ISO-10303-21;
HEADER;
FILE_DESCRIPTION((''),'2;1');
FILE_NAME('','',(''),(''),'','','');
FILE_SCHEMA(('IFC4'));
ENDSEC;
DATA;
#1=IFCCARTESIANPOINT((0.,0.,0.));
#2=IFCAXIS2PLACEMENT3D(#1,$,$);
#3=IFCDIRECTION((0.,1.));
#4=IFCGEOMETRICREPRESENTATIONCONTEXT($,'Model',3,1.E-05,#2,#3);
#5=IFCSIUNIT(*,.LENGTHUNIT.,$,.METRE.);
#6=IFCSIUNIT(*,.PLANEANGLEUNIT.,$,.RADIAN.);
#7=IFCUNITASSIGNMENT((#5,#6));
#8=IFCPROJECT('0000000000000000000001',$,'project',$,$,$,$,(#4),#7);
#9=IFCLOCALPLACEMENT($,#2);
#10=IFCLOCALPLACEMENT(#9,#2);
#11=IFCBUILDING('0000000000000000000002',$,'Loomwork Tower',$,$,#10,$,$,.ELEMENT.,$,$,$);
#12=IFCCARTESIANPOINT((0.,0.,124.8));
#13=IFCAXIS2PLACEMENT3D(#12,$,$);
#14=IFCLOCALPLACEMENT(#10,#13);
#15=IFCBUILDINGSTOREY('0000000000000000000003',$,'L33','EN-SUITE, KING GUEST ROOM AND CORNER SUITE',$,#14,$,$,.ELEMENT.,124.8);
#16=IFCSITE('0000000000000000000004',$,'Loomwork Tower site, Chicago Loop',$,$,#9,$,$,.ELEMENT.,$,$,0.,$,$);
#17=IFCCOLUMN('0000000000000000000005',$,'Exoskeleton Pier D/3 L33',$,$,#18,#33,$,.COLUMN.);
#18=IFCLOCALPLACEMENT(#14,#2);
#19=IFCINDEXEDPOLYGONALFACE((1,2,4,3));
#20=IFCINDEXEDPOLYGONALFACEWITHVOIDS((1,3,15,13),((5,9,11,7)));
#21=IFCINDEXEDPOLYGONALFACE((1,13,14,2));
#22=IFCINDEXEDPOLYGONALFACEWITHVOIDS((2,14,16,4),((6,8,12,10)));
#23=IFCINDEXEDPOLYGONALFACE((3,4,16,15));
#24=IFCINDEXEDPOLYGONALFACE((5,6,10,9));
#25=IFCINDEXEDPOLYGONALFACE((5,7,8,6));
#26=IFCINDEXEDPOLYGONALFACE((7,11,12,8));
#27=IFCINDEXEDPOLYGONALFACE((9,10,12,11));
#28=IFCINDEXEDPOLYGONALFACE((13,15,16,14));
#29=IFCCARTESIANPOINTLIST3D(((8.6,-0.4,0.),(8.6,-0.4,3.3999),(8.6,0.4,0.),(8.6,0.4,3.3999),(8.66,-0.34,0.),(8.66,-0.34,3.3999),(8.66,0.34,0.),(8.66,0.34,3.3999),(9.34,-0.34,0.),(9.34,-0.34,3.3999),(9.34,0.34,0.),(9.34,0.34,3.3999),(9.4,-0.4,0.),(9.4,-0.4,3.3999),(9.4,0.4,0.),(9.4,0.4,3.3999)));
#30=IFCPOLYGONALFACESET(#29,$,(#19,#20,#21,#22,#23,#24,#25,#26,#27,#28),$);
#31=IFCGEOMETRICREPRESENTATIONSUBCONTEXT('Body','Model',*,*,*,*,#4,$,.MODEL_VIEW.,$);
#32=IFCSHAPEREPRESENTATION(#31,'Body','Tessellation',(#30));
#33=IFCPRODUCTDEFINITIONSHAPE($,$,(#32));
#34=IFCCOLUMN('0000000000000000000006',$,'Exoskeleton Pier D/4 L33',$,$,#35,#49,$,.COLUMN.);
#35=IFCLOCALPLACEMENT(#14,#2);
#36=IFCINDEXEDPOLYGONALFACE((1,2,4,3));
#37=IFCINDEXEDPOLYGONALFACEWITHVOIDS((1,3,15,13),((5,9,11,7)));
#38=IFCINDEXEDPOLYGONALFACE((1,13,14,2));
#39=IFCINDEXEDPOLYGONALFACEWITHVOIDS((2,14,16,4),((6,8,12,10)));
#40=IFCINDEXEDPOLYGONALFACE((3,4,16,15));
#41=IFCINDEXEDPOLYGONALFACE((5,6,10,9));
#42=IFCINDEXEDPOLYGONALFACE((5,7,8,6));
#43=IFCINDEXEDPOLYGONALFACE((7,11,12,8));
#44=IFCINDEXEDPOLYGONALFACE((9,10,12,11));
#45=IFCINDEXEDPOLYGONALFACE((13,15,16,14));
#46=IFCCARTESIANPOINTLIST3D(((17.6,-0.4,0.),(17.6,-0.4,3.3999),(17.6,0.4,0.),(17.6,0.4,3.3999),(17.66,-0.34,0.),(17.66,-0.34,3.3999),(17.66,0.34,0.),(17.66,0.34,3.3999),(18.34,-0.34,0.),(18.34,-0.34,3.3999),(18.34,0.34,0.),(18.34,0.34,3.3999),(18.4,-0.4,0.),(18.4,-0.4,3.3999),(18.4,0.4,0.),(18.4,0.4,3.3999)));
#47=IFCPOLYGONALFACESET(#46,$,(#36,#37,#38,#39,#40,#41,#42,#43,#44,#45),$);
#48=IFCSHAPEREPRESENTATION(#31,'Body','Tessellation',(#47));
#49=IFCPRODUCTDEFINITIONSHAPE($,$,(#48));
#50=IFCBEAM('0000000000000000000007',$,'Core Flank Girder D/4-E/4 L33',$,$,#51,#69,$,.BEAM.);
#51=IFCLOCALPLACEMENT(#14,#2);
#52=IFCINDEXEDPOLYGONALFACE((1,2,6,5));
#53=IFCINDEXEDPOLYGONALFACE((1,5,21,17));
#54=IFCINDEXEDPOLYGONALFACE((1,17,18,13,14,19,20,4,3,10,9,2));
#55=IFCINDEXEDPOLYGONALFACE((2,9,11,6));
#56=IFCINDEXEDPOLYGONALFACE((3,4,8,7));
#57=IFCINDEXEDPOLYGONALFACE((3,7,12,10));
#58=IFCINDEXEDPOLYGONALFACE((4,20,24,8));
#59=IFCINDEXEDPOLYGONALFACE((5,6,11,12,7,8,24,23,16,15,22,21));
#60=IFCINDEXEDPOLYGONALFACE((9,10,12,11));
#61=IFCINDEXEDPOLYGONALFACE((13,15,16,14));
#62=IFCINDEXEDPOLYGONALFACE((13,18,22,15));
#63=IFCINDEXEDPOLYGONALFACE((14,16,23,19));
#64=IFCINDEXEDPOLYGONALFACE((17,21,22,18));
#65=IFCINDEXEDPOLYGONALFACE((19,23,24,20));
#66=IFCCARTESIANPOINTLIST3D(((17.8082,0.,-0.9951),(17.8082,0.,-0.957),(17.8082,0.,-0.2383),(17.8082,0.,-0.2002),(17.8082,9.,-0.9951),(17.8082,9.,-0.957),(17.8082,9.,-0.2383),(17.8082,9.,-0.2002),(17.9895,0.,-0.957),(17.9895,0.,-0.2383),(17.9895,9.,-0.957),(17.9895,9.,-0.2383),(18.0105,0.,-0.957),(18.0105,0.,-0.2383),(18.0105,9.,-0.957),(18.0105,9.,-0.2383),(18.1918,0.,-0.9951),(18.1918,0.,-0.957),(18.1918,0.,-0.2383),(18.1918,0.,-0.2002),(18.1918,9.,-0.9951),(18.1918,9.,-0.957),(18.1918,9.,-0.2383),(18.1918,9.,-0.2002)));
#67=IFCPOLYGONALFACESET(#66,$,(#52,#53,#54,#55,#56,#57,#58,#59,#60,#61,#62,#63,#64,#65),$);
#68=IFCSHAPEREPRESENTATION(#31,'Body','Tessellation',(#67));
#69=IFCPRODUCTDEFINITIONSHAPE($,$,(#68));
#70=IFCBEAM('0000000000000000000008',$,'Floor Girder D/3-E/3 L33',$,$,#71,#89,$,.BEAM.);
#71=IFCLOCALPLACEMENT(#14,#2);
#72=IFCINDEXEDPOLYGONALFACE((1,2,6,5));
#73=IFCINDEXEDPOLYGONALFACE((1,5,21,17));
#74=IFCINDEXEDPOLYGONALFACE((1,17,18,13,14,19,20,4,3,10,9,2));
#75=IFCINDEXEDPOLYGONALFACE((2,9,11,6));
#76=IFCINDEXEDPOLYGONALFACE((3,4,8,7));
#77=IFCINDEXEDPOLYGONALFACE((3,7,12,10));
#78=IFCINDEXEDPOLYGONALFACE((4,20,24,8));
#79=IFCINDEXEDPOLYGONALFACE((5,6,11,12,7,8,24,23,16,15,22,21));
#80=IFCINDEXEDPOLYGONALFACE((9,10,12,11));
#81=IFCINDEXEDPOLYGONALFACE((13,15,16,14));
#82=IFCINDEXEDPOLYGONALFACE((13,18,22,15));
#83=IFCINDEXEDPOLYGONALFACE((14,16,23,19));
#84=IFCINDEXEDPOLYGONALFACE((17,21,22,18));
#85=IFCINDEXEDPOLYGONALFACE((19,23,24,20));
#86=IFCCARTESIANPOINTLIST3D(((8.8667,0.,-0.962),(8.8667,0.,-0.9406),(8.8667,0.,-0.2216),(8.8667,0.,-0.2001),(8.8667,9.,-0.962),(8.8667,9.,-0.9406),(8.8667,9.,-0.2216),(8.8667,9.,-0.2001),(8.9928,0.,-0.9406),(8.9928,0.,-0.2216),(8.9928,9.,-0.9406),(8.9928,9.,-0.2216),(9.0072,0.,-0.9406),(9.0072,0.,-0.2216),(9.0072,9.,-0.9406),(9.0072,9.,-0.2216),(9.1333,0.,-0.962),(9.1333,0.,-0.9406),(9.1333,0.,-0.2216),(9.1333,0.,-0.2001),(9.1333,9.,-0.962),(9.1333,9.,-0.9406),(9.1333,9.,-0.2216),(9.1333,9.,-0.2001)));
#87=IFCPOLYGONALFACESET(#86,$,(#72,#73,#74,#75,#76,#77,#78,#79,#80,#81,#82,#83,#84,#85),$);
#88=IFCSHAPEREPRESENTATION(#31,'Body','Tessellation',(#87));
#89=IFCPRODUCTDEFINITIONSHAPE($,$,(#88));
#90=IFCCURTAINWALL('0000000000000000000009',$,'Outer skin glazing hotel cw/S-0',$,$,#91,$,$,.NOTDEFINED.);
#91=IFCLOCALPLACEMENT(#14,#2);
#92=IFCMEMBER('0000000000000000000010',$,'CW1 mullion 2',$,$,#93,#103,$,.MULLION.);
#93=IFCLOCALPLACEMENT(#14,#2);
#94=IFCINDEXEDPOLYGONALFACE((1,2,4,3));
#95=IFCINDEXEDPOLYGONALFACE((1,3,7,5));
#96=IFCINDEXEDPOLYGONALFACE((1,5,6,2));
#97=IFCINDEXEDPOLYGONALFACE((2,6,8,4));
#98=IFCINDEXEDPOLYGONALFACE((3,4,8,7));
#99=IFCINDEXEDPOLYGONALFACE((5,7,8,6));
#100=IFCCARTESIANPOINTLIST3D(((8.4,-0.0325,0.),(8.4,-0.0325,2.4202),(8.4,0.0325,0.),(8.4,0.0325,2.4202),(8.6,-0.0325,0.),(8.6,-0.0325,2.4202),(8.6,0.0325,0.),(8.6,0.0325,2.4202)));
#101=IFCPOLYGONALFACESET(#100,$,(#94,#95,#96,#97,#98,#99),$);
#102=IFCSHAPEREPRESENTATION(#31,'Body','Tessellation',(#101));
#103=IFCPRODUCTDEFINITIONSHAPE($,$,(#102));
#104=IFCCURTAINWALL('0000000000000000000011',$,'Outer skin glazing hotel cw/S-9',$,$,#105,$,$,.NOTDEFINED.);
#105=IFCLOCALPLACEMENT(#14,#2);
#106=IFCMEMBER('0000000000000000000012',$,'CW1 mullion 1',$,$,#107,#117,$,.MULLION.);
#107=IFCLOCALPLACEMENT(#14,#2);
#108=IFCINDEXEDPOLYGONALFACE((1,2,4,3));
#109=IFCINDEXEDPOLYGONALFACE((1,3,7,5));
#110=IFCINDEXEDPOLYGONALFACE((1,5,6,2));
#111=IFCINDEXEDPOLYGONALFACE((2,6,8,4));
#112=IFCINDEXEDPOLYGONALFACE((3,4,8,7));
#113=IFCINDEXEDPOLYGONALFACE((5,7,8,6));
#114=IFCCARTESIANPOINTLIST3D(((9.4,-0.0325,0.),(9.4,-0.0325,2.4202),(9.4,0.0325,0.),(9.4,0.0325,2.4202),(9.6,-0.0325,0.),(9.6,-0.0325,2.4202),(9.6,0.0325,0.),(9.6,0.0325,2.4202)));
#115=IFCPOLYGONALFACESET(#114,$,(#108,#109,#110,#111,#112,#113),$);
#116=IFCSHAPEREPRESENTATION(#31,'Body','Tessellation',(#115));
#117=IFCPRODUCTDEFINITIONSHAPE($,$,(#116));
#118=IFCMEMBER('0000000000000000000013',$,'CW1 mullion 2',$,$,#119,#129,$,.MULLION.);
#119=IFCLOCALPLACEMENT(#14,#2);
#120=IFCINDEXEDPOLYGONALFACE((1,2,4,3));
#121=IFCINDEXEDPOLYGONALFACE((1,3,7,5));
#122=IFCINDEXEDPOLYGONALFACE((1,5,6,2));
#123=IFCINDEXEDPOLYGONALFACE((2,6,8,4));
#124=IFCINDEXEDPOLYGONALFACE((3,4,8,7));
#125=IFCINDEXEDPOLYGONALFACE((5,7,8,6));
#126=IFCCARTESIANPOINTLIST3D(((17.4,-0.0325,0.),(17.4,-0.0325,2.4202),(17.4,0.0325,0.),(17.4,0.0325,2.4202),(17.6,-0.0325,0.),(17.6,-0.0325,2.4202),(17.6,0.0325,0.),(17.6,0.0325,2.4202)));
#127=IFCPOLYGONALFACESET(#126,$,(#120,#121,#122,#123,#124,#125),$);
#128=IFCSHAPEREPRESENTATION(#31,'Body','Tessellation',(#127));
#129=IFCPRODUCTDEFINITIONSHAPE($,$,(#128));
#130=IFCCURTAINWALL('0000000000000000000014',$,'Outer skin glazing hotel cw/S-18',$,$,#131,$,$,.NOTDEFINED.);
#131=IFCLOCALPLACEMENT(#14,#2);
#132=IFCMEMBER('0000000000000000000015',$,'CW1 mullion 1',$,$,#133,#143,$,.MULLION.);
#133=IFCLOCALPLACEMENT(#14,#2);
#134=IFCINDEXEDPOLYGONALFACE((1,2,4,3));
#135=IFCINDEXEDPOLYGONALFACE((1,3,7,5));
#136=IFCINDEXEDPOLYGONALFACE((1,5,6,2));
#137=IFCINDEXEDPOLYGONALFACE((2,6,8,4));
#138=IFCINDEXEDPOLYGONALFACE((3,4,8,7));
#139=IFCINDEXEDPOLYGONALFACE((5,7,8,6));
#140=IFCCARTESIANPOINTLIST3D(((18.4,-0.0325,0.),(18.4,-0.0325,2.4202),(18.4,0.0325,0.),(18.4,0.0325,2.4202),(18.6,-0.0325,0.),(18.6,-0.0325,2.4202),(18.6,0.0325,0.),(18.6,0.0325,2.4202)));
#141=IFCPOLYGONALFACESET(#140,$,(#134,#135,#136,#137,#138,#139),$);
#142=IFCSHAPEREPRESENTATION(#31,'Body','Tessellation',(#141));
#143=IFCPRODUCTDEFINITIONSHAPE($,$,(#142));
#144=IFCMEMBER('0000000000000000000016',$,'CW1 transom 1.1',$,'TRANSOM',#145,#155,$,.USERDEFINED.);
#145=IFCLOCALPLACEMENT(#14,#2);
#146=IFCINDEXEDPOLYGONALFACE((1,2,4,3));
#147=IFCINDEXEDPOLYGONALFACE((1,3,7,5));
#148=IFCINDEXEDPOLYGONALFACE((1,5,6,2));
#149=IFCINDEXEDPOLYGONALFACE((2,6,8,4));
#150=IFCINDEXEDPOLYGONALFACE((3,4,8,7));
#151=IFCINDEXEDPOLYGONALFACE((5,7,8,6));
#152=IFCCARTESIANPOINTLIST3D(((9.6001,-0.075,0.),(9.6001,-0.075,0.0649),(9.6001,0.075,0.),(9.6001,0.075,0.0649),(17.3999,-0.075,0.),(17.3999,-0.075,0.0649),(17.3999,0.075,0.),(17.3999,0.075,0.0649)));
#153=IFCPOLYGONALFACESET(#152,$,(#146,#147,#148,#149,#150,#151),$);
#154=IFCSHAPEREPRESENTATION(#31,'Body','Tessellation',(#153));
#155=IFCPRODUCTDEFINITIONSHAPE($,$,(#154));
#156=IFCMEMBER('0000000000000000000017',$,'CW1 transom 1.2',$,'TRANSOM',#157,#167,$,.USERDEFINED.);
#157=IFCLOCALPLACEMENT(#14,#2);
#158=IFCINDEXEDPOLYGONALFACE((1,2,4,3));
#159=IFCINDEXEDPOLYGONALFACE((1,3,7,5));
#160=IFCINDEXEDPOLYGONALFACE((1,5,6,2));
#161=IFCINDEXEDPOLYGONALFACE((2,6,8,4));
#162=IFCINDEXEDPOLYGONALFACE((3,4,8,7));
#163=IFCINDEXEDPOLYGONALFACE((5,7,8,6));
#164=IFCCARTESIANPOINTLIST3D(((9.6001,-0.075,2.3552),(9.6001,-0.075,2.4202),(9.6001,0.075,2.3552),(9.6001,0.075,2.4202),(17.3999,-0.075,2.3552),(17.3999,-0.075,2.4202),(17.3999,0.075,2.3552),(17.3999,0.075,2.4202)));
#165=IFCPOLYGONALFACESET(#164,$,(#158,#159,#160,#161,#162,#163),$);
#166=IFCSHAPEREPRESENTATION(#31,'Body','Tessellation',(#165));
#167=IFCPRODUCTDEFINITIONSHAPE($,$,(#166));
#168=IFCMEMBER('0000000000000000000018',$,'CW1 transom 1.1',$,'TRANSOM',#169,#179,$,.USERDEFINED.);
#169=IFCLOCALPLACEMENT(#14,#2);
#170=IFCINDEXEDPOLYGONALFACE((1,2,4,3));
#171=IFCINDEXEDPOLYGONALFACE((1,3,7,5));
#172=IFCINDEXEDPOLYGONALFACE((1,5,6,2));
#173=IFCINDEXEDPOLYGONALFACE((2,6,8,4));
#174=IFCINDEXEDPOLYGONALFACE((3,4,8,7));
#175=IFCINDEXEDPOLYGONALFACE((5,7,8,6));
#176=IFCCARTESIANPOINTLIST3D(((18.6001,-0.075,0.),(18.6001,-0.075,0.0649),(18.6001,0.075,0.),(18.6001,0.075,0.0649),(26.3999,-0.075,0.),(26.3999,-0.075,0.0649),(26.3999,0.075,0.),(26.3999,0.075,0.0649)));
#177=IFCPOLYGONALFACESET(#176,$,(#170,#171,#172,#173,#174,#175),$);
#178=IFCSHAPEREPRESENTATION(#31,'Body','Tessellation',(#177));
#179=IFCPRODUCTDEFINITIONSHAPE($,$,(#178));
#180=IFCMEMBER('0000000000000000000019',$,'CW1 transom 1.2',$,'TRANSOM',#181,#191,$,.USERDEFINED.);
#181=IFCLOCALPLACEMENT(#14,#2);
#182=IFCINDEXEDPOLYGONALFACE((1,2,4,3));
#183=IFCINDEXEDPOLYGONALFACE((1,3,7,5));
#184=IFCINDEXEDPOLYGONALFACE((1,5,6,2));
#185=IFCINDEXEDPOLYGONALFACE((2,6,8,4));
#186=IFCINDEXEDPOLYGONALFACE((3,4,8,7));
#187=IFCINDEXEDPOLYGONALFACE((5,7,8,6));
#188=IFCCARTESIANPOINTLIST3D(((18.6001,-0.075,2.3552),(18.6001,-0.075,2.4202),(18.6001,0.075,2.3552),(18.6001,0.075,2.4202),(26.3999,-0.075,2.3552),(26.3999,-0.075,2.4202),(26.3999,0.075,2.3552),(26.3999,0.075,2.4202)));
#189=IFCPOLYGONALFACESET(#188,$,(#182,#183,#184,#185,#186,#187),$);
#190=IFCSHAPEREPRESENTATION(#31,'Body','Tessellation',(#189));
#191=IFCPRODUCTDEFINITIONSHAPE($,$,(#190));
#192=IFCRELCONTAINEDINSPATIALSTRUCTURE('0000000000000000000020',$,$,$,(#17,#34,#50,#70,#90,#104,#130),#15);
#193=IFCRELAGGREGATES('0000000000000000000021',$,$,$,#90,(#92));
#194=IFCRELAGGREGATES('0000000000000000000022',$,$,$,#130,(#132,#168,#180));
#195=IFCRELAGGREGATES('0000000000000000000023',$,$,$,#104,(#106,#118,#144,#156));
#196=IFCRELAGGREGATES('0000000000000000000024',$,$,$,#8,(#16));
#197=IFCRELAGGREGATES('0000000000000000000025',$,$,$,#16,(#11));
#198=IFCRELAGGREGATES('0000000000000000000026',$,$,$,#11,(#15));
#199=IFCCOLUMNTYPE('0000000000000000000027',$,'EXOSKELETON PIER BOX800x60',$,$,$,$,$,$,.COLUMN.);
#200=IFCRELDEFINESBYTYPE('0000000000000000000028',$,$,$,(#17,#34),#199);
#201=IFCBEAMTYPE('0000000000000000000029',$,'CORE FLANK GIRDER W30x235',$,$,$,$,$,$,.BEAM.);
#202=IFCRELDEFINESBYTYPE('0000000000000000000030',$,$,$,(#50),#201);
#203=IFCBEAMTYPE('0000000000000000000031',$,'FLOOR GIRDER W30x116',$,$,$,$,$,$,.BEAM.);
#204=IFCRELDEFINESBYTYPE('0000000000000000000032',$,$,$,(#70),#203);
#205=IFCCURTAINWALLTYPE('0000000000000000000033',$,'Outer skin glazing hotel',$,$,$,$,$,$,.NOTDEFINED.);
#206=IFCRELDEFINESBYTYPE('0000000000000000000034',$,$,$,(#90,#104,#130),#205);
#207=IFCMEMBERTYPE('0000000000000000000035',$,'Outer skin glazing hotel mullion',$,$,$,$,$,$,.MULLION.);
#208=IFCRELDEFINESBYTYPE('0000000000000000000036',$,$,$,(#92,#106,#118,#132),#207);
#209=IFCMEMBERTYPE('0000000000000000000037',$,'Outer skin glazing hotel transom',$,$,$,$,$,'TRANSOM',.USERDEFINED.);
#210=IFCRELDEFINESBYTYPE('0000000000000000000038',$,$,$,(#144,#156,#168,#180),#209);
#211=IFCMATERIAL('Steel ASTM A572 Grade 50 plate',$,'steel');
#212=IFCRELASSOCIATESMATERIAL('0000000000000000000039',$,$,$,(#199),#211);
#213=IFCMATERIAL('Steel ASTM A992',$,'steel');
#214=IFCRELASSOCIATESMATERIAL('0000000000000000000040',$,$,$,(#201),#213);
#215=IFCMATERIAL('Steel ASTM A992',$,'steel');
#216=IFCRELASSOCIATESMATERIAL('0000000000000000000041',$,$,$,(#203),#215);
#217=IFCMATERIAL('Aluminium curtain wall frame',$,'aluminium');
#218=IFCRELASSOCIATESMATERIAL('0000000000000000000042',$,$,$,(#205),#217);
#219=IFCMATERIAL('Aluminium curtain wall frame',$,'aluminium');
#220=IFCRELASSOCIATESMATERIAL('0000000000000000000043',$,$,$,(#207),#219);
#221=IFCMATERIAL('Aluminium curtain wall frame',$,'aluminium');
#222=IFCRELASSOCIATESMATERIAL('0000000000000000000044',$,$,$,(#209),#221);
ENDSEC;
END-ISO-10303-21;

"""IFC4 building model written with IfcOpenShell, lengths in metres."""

from ifc_helpers import new_model, si_unit, direction, frame, origin, origin_2d, place, context, subcontext, project, spatial, rectangle, hollow_rectangle, i_section, extrude, material, material_profile, profile_set, type_object, element, aggregate, save


model = new_model("IFC4")

# Units and contexts
model_context = context("Model", 3, precision=1e-05, world=origin(), true_north=direction((0.0, 1.0)))
body_context = subcontext(model_context, "Body", "Model", "MODEL_VIEW")
ifc_project = project(units=[si_unit("LENGTHUNIT", "METRE"), si_unit("PLANEANGLEUNIT", "RADIAN")], contexts=[model_context])

# Site, building, storey
site_placement = place(None, origin())
site = spatial("IfcSite", under=ifc_project, at=site_placement, Name="Loomwork Tower site, Chicago Loop", CompositionType="ELEMENT", RefElevation=0.0)
building_placement = place(site_placement, origin())
building = spatial("IfcBuilding", under=site, at=building_placement, Name="Loomwork Tower", CompositionType="ELEMENT")
storey_placement = place(building_placement, frame((0.0, 0.0, 124.8)))
storey = spatial("IfcBuildingStorey", under=building, at=storey_placement, Name="L33", Description="EN-SUITE, KING GUEST ROOM AND CORNER SUITE", CompositionType="ELEMENT", Elevation=124.8)

# Columns
ifc_material_1 = material(Name="Steel ASTM A572 Grade 50 plate", Category="steel")
ifc_material_profile_1 = material_profile(ifc_material_1, hollow_rectangle(XDim=0.8, YDim=0.8, WallThickness=0.0601, at=origin_2d()), Name="BOX800x60")
ifc_profile_set_1 = profile_set([ifc_material_profile_1], Name="Steel ASTM A572 Grade 50 plate")
column_type = type_object("IfcColumnType", Name="EXOSKELETON PIER BOX800x60", PredefinedType="COLUMN", material=ifc_profile_set_1)
for number, where, z_axis, x_axis, name in (
    (1, (9.0, 0.0, 0.0), (0.0, 0.0, 1.0), (1.0, 0.0, 0.0), "Exoskeleton Pier D/3 L33"),
    (2, (18.0, 0.0, 0.0), (0.0, 0.0, 1.0), (1.0, 0.0, 0.0), "Exoskeleton Pier D/4 L33"),
):
    element("IfcColumn", number, at=place(storey_placement, frame(where, z_axis=z_axis, x_axis=x_axis)), inside=storey, type_object=column_type, Name=name, PredefinedType="COLUMN", context=body_context, shape_type="SweptSolid", body=[
        extrude(hollow_rectangle(XDim=0.8, YDim=0.8, WallThickness=0.0601, at=origin_2d()), origin(), (0.0, 0.0, 1.0), 3.3999),
    ])

# Beams
ifc_material_2 = material(Name="Steel ASTM A992", Category="steel")
ifc_material_profile_2 = material_profile(ifc_material_2, i_section(OverallWidth=0.3835, OverallDepth=0.7949, WebThickness=0.021, FlangeThickness=0.0381, at=origin_2d()), Name="W30x235")
ifc_profile_set_2 = profile_set([ifc_material_profile_2], Name="Steel ASTM A992")
beam_type_1 = type_object("IfcBeamType", Name="CORE FLANK GIRDER W30x235", PredefinedType="BEAM", material=ifc_profile_set_2)
beam_1_placement = place(storey_placement, frame((18.0, 0.0, -0.5977), z_axis=(0.0, 1.0, 0.0), x_axis=(-1.0, 0.0, 0.0)))
element("IfcBeam", 3, at=beam_1_placement, inside=storey, type_object=beam_type_1, Name="Core Flank Girder D/4-E/4 L33", PredefinedType="BEAM", context=body_context, shape_type="SweptSolid", body=[
    extrude(i_section(OverallWidth=0.3835, OverallDepth=0.7949, WebThickness=0.021, FlangeThickness=0.0381, at=origin_2d()), origin(), (0.0, 0.0, 1.0), 9.0),
])
ifc_material_3 = material(Name="Steel ASTM A992", Category="steel")
ifc_material_profile_3 = material_profile(ifc_material_3, i_section(OverallWidth=0.2666, OverallDepth=0.762, WebThickness=0.0144, FlangeThickness=0.0215, at=origin_2d()), Name="W30x116")
ifc_profile_set_3 = profile_set([ifc_material_profile_3], Name="Steel ASTM A992")
beam_type_2 = type_object("IfcBeamType", Name="FLOOR GIRDER W30x116", PredefinedType="BEAM", material=ifc_profile_set_3)
beam_2_placement = place(storey_placement, frame((9.0, 0.0, -0.5811), z_axis=(0.0, 1.0, 0.0), x_axis=(-1.0, 0.0, 0.0)))
element("IfcBeam", 4, at=beam_2_placement, inside=storey, type_object=beam_type_2, Name="Floor Girder D/3-E/3 L33", PredefinedType="BEAM", context=body_context, shape_type="SweptSolid", body=[
    extrude(i_section(OverallWidth=0.2666, OverallDepth=0.762, WebThickness=0.0144, FlangeThickness=0.0215, at=origin_2d()), origin(), (0.0, 0.0, 1.0), 9.0),
])

# Curtain wall, member
ifc_material_4 = material(Name="Aluminium curtain wall frame", Category="aluminium")
curtain_wall_type = type_object("IfcCurtainWallType", Name="Outer skin glazing hotel", PredefinedType="NOTDEFINED", material=ifc_material_4)
curtain_wall_1_placement = place(storey_placement, origin())
curtain_wall_1 = element("IfcCurtainWall", 5, at=curtain_wall_1_placement, inside=storey, type_object=curtain_wall_type, Name="Outer skin glazing hotel cw/S-0", PredefinedType="NOTDEFINED")
ifc_material_5 = material(Name="Aluminium curtain wall frame", Category="aluminium")
ifc_material_profile_4 = material_profile(ifc_material_5, rectangle(XDim=0.0649, YDim=0.2, at=origin_2d()), Name="AL 65x200")
ifc_profile_set_4 = profile_set([ifc_material_profile_4], Name="Aluminium curtain wall frame")
member_type_1 = type_object("IfcMemberType", Name="Outer skin glazing hotel mullion", PredefinedType="MULLION", material=ifc_profile_set_4)
member_1_placement = place(storey_placement, frame((8.5, 0.0, 0.0), z_axis=(0.0, 0.0, 1.0), x_axis=(0.0, 1.0, 0.0)))
member_1 = element("IfcMember", 6, at=member_1_placement, type_object=member_type_1, Name="CW1 mullion 2", PredefinedType="MULLION", context=body_context, shape_type="SweptSolid", body=[
    extrude(rectangle(XDim=0.0649, YDim=0.2, at=origin_2d()), origin(), (0.0, 0.0, 1.0), 2.4202),
])
aggregate(curtain_wall_1, [member_1])

# Curtain wall, members
curtain_wall_2_placement = place(storey_placement, origin())
curtain_wall_2 = element("IfcCurtainWall", 7, at=curtain_wall_2_placement, inside=storey, type_object=curtain_wall_type, Name="Outer skin glazing hotel cw/S-9", PredefinedType="NOTDEFINED")
member_2_placement = place(storey_placement, frame((9.5, 0.0, 0.0), z_axis=(0.0, 0.0, 1.0), x_axis=(0.0, 1.0, 0.0)))
member_2 = element("IfcMember", 8, at=member_2_placement, type_object=member_type_1, Name="CW1 mullion 1", PredefinedType="MULLION", context=body_context, shape_type="SweptSolid", body=[
    extrude(rectangle(XDim=0.0649, YDim=0.2, at=origin_2d()), origin(), (0.0, 0.0, 1.0), 2.4202),
])
member_3_placement = place(storey_placement, frame((17.5, 0.0, 0.0), z_axis=(0.0, 0.0, 1.0), x_axis=(0.0, 1.0, 0.0)))
member_3 = element("IfcMember", 9, at=member_3_placement, type_object=member_type_1, Name="CW1 mullion 2", PredefinedType="MULLION", context=body_context, shape_type="SweptSolid", body=[
    extrude(rectangle(XDim=0.0649, YDim=0.2, at=origin_2d()), origin(), (0.0, 0.0, 1.0), 2.4202),
])

# Curtain wall, member
curtain_wall_3_placement = place(storey_placement, origin())
curtain_wall_3 = element("IfcCurtainWall", 10, at=curtain_wall_3_placement, inside=storey, type_object=curtain_wall_type, Name="Outer skin glazing hotel cw/S-18", PredefinedType="NOTDEFINED")
member_4_placement = place(storey_placement, frame((18.5, 0.0, 0.0), z_axis=(0.0, 0.0, 1.0), x_axis=(0.0, 1.0, 0.0)))
member_4 = element("IfcMember", 11, at=member_4_placement, type_object=member_type_1, Name="CW1 mullion 1", PredefinedType="MULLION", context=body_context, shape_type="SweptSolid", body=[
    extrude(rectangle(XDim=0.0649, YDim=0.2, at=origin_2d()), origin(), (0.0, 0.0, 1.0), 2.4202),
])

# Members
ifc_material_6 = material(Name="Aluminium curtain wall frame", Category="aluminium")
ifc_material_profile_5 = material_profile(ifc_material_6, rectangle(XDim=0.1499, YDim=0.0649, at=origin_2d()), Name="AL 65x150")
ifc_profile_set_5 = profile_set([ifc_material_profile_5], Name="Aluminium curtain wall frame")
member_type_2 = type_object("IfcMemberType", Name="Outer skin glazing hotel transom", ElementType="TRANSOM", PredefinedType="USERDEFINED", material=ifc_profile_set_5)
member_5_placement = place(storey_placement, frame((9.6001, 0.0, 0.0325), z_axis=(1.0, 0.0, 0.0), x_axis=(0.0, 1.0, 0.0)))
member_5 = element("IfcMember", 12, at=member_5_placement, type_object=member_type_2, Name="CW1 transom 1.1", ObjectType="TRANSOM", PredefinedType="USERDEFINED", context=body_context, shape_type="SweptSolid", body=[
    extrude(rectangle(XDim=0.1499, YDim=0.0649, at=origin_2d()), origin(), (0.0, 0.0, 1.0), 7.7998),
])
member_6_placement = place(storey_placement, frame((9.6001, 0.0, 2.3877), z_axis=(1.0, 0.0, 0.0), x_axis=(0.0, 1.0, 0.0)))
member_6 = element("IfcMember", 13, at=member_6_placement, type_object=member_type_2, Name="CW1 transom 1.2", ObjectType="TRANSOM", PredefinedType="USERDEFINED", context=body_context, shape_type="SweptSolid", body=[
    extrude(rectangle(XDim=0.1499, YDim=0.0649, at=origin_2d()), origin(), (0.0, 0.0, 1.0), 7.7998),
])
member_7_placement = place(storey_placement, frame((18.6001, 0.0, 0.0325), z_axis=(1.0, 0.0, 0.0), x_axis=(0.0, 1.0, 0.0)))
member_7 = element("IfcMember", 14, at=member_7_placement, type_object=member_type_2, Name="CW1 transom 1.1", ObjectType="TRANSOM", PredefinedType="USERDEFINED", context=body_context, shape_type="SweptSolid", body=[
    extrude(rectangle(XDim=0.1499, YDim=0.0649, at=origin_2d()), origin(), (0.0, 0.0, 1.0), 7.7998),
])
member_8_placement = place(storey_placement, frame((18.6001, 0.0, 2.3877), z_axis=(1.0, 0.0, 0.0), x_axis=(0.0, 1.0, 0.0)))
member_8 = element("IfcMember", 15, at=member_8_placement, type_object=member_type_2, Name="CW1 transom 1.2", ObjectType="TRANSOM", PredefinedType="USERDEFINED", context=body_context, shape_type="SweptSolid", body=[
    extrude(rectangle(XDim=0.1499, YDim=0.0649, at=origin_2d()), origin(), (0.0, 0.0, 1.0), 7.7998),
])
aggregate(curtain_wall_3, [member_4, member_7, member_8])

aggregate(curtain_wall_2, [member_2, member_3, member_5, member_6])

save(model, "model.ifc")
